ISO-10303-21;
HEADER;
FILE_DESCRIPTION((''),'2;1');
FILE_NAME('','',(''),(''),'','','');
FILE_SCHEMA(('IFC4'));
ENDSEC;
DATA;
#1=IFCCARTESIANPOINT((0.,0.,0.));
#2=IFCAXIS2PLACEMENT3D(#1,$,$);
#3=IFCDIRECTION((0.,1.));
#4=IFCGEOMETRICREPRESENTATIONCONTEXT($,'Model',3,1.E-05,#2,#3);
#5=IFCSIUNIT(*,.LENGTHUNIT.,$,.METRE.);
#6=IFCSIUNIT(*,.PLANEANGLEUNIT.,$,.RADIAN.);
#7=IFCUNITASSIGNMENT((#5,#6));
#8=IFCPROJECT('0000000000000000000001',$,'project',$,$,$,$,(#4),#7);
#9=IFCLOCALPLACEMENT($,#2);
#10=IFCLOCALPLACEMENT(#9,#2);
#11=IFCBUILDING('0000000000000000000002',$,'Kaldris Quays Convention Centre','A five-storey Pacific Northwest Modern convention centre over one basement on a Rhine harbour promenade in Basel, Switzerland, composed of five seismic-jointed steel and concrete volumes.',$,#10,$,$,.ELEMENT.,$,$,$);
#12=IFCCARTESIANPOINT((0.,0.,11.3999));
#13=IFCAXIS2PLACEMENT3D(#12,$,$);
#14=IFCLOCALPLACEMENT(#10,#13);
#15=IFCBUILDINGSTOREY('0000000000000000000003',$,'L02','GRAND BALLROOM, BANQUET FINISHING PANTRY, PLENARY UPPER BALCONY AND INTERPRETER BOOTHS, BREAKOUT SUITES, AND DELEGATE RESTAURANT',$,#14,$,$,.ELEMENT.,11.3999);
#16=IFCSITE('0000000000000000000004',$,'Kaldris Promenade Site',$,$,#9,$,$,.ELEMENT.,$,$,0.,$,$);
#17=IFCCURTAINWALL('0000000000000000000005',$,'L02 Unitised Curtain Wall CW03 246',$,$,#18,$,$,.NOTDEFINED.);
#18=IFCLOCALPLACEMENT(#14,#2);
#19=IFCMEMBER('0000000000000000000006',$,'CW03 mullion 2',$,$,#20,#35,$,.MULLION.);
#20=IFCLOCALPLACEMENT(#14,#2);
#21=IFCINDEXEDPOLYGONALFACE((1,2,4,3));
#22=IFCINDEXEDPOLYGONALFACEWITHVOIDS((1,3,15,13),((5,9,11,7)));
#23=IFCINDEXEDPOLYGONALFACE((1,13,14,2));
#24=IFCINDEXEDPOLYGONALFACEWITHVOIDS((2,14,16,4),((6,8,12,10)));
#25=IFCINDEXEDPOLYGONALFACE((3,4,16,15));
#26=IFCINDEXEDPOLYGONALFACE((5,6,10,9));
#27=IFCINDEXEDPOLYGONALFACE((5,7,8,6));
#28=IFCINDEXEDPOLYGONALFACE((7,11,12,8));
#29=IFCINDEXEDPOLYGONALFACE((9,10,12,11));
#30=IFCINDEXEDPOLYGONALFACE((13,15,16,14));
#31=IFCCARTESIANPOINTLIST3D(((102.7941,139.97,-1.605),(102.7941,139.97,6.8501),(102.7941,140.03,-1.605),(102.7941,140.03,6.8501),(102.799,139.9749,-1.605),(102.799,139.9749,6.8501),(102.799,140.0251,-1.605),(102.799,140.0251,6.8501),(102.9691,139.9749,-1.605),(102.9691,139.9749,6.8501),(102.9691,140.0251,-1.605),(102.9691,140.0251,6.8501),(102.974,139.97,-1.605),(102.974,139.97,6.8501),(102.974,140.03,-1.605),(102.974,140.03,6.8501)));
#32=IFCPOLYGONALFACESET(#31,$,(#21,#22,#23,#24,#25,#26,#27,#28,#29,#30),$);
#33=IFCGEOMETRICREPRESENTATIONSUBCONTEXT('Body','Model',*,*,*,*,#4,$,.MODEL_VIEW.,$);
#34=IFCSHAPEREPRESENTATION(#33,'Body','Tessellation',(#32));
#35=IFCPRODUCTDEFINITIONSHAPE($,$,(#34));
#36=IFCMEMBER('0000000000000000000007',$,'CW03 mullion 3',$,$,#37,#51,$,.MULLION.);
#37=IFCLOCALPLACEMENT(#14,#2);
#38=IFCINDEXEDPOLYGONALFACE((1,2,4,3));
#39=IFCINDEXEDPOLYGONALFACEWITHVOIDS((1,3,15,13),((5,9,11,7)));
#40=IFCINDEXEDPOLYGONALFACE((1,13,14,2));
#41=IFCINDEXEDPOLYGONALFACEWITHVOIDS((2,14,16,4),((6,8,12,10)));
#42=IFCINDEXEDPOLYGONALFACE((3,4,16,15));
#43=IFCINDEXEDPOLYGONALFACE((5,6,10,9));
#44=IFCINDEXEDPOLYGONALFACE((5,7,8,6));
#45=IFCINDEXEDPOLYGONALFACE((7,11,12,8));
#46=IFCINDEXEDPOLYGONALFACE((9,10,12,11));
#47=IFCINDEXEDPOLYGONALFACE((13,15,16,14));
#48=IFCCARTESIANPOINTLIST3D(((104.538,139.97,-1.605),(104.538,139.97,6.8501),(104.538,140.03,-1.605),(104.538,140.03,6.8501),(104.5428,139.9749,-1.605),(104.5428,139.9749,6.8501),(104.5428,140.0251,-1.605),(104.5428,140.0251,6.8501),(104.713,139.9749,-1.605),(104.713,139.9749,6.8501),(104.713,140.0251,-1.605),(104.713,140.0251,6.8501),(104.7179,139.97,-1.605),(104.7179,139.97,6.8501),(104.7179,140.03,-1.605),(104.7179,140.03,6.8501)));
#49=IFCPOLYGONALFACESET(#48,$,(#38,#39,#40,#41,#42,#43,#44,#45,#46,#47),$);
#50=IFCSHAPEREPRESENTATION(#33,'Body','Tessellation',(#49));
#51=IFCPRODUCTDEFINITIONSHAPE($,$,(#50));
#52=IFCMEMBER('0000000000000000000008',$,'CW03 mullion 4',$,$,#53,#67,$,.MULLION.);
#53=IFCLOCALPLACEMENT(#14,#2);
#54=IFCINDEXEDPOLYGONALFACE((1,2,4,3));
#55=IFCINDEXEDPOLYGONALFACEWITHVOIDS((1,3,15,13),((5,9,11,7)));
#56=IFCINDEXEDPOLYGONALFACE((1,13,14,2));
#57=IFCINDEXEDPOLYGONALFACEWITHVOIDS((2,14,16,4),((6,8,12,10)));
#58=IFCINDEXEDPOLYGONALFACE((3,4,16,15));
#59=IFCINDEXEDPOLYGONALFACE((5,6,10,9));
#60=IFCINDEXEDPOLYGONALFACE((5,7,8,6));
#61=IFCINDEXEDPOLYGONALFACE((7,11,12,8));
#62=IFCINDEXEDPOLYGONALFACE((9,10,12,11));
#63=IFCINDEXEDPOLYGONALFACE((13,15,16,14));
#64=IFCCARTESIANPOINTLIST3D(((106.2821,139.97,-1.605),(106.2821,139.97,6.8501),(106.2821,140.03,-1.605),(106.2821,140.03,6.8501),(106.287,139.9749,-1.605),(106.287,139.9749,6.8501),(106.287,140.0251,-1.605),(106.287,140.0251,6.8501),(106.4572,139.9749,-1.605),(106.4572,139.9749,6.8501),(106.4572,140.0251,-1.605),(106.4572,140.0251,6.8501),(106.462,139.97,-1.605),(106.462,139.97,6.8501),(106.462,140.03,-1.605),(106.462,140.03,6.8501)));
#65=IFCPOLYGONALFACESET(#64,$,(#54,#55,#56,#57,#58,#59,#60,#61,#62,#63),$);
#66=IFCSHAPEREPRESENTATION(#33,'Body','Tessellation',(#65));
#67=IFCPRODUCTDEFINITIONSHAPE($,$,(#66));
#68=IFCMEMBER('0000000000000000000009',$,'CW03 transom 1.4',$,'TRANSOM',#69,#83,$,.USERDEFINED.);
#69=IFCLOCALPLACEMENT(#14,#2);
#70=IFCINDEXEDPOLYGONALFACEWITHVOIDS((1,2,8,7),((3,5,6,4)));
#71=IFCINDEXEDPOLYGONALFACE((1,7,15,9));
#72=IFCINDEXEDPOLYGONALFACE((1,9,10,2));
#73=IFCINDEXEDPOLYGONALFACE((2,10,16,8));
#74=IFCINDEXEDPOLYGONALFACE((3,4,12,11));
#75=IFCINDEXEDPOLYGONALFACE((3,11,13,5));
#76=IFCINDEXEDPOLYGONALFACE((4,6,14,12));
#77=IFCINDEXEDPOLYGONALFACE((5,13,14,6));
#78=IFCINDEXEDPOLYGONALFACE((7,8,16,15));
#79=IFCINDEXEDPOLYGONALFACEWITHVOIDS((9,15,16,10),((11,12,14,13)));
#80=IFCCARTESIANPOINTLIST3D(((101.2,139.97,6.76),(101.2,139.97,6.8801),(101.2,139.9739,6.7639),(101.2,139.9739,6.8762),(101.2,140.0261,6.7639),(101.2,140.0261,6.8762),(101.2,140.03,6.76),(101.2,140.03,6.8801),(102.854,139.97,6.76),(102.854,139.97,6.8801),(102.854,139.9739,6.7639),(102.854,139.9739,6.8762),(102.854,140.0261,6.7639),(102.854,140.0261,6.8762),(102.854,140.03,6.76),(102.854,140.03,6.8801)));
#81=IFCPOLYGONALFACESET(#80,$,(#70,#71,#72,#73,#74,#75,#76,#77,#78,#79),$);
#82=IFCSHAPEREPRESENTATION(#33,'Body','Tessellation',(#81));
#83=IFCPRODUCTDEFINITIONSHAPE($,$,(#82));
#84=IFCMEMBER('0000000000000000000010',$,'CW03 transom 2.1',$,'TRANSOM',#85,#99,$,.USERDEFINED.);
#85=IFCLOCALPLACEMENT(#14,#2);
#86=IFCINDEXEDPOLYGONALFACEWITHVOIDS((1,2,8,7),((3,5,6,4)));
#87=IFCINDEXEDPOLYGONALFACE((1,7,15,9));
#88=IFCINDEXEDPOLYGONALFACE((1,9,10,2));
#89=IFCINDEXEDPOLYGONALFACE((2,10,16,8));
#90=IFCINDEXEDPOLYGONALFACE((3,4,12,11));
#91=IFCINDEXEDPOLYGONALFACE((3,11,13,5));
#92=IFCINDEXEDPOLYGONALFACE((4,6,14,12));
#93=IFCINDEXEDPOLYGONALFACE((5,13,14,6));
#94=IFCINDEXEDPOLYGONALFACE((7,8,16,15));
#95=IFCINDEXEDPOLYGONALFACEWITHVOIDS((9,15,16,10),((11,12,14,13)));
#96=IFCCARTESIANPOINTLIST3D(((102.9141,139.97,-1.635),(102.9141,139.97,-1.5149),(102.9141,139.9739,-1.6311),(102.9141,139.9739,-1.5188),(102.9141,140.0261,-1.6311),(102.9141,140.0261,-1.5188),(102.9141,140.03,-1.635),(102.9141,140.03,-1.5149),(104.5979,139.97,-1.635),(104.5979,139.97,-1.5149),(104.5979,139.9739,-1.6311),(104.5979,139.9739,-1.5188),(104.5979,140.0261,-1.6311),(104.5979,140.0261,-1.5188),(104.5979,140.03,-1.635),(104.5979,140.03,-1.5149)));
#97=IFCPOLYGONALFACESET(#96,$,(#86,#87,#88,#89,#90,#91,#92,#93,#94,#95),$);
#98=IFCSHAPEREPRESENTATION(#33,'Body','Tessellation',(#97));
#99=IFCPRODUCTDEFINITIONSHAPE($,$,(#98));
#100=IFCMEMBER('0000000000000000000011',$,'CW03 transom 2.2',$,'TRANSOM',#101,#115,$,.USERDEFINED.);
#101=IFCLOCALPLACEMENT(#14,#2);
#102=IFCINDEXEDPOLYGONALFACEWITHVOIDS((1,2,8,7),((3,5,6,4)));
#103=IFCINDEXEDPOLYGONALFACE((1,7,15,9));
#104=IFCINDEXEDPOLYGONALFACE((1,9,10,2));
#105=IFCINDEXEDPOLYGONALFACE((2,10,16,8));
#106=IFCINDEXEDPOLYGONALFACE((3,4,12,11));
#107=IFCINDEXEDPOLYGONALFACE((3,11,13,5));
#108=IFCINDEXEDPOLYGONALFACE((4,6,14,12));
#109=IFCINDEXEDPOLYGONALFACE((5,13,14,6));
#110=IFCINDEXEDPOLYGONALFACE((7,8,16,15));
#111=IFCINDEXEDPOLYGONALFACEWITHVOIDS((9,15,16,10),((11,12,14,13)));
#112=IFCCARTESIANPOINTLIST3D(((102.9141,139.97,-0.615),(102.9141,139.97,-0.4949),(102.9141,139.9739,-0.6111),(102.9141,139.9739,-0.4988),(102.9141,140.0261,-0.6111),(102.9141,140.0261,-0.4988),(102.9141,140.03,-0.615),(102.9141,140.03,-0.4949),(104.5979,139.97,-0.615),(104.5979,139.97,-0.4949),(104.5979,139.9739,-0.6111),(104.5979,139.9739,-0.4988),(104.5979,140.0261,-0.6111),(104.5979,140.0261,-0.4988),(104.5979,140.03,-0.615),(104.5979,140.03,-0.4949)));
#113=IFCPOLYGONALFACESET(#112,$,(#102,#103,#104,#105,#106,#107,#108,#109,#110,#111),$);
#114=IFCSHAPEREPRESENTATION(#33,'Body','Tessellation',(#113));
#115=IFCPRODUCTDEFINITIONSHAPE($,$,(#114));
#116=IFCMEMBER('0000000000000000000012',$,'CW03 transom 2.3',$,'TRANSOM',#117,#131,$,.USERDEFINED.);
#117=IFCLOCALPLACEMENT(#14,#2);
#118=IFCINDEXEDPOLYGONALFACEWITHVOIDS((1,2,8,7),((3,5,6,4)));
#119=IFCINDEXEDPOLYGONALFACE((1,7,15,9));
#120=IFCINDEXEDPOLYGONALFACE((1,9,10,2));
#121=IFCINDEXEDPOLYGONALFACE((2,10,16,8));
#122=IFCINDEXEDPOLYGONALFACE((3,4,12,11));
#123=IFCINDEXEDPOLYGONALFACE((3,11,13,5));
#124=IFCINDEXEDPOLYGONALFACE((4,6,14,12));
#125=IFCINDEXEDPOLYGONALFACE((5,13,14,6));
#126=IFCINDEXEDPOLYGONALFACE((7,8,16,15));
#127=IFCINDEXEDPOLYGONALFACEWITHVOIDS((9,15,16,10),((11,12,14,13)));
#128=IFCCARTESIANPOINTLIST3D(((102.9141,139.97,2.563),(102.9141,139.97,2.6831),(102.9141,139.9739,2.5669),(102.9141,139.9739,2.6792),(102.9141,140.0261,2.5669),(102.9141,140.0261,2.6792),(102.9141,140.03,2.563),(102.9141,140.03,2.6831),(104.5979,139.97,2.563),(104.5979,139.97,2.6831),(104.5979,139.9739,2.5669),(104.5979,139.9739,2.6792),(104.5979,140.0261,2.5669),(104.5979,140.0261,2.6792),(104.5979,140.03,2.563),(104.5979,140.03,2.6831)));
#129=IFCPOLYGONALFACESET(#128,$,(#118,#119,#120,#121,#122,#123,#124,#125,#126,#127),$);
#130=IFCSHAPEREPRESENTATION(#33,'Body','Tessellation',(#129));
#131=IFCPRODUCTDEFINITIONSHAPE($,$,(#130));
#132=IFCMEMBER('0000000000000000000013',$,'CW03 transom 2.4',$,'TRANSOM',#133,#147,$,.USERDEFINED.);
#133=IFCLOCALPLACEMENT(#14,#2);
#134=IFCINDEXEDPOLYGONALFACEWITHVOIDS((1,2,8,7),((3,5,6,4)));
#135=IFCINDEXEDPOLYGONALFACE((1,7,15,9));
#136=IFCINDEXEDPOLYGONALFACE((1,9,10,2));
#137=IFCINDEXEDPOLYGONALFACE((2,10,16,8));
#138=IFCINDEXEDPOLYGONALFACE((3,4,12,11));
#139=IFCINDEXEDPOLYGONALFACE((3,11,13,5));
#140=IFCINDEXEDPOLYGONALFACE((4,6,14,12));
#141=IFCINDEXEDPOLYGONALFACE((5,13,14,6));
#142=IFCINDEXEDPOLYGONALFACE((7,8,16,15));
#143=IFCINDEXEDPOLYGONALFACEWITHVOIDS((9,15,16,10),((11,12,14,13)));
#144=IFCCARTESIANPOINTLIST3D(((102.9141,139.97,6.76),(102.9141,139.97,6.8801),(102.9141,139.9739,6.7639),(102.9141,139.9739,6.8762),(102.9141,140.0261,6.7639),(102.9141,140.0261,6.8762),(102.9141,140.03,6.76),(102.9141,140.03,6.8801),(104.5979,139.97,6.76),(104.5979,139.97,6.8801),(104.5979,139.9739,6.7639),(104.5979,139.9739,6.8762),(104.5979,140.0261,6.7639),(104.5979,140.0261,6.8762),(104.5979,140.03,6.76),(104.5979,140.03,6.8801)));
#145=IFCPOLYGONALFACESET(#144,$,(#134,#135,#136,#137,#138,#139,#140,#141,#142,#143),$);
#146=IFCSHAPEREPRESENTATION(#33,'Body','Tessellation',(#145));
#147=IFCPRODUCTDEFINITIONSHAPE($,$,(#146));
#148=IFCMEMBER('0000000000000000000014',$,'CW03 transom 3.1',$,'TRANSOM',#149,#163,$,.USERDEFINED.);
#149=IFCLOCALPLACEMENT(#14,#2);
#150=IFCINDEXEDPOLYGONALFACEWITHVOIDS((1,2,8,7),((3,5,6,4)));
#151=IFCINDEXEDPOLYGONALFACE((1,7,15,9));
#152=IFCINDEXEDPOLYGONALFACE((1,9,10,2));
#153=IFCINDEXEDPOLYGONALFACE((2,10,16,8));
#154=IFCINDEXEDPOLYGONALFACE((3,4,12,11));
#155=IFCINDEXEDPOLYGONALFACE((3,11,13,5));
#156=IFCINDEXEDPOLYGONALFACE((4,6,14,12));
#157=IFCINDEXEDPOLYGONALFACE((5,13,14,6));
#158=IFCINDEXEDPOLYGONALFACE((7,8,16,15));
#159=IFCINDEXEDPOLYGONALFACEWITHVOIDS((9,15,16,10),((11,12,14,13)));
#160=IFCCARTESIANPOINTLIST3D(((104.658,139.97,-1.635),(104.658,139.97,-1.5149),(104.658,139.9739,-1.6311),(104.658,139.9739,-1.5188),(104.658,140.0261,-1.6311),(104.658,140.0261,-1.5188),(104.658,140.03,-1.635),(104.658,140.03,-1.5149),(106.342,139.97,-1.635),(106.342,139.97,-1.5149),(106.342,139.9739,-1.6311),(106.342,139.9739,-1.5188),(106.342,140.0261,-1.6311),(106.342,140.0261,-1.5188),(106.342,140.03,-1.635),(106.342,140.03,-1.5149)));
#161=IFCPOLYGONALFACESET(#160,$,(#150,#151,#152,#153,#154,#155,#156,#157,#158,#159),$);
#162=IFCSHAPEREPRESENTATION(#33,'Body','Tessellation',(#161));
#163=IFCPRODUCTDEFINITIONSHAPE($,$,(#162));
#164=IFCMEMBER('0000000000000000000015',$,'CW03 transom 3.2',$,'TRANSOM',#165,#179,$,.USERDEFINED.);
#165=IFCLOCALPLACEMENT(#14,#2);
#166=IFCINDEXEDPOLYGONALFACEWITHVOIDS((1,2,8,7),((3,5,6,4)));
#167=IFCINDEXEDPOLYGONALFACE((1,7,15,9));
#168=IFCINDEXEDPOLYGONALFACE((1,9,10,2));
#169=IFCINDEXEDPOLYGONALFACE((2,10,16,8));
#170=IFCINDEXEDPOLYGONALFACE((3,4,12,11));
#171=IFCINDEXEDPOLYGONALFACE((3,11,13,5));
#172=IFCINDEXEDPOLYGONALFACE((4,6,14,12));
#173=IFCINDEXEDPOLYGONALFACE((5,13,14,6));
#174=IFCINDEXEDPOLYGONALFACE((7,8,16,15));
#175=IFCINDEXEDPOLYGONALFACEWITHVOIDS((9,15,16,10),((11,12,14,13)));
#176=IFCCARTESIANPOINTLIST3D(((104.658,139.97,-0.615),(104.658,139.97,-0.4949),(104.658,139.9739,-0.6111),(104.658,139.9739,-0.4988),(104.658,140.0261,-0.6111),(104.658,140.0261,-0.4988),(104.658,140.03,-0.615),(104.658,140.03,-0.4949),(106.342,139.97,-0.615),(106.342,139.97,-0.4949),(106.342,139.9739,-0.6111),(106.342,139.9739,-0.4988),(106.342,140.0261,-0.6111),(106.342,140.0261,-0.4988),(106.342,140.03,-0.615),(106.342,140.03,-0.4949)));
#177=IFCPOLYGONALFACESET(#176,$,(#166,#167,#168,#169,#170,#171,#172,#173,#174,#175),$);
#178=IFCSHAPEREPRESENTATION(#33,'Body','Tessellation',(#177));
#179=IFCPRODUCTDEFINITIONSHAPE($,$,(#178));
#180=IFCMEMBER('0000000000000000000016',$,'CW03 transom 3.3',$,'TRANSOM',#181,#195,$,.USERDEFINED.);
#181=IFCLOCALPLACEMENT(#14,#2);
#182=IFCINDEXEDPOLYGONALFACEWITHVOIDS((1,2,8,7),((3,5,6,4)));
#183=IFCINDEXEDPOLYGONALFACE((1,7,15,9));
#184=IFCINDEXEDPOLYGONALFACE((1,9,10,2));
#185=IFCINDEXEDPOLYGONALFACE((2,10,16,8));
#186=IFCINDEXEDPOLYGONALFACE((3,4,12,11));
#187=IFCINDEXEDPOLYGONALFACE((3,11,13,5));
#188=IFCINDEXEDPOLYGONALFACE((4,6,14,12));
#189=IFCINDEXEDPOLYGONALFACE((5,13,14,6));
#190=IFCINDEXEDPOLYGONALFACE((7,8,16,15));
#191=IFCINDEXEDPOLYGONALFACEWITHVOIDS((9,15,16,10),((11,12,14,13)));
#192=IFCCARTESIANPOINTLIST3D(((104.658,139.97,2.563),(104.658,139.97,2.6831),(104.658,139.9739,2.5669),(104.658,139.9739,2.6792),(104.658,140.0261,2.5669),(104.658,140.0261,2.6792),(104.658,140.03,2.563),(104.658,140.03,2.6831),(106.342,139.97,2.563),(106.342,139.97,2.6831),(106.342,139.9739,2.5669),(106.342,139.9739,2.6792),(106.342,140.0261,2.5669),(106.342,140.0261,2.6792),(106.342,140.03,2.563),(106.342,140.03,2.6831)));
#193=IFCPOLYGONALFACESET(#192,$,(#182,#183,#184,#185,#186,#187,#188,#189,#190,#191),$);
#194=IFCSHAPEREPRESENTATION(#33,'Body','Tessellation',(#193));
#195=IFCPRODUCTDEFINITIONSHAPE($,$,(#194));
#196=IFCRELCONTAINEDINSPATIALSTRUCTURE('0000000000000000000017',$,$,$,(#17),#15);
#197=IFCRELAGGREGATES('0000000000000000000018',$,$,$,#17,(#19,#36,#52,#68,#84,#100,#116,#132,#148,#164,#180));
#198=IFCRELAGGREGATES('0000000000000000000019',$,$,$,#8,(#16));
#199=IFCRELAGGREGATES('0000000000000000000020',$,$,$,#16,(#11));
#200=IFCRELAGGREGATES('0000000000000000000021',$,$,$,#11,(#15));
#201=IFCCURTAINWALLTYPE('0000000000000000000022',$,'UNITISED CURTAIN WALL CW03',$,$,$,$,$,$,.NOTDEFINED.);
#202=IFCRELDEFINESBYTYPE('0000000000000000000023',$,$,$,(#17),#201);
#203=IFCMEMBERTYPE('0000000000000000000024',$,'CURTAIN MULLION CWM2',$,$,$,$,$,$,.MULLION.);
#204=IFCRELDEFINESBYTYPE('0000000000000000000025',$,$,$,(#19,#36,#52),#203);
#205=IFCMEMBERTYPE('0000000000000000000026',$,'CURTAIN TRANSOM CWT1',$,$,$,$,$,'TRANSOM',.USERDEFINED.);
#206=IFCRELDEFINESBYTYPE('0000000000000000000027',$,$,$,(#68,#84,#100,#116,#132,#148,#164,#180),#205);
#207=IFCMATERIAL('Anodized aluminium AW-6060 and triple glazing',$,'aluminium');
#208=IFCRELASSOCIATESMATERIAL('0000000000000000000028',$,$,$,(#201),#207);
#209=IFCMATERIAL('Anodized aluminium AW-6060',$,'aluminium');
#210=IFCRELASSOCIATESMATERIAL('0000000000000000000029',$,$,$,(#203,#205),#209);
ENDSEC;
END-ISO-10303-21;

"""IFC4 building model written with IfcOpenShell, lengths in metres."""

from ifc_helpers import new_model, si_unit, direction, frame, origin, origin_2d, place, context, subcontext, project, spatial, hollow_rectangle, extrude, material, material_profile, profile_set, type_object, element, aggregate, save


model = new_model("IFC4")

# Units and contexts
model_context = context("Model", 3, precision=1e-05, world=origin(), true_north=direction((0.0, 1.0)))
body_context = subcontext(model_context, "Body", "Model", "MODEL_VIEW")
ifc_project = project(units=[si_unit("LENGTHUNIT", "METRE"), si_unit("PLANEANGLEUNIT", "RADIAN")], contexts=[model_context])

# Site, building, storey
site_placement = place(None, origin())
site = spatial("IfcSite", under=ifc_project, at=site_placement, Name="Kaldris Promenade Site", CompositionType="ELEMENT", RefElevation=0.0)
building_placement = place(site_placement, origin())
building = spatial("IfcBuilding", under=site, at=building_placement, Name="Kaldris Quays Convention Centre", Description="A five-storey Pacific Northwest Modern convention centre over one basement on a Rhine harbour promenade in Basel, Switzerland, composed of five seismic-jointed steel and concrete volumes.", CompositionType="ELEMENT")
storey_placement = place(building_placement, frame((0.0, 0.0, 11.3999)))
storey = spatial("IfcBuildingStorey", under=building, at=storey_placement, Name="L02", Description="GRAND BALLROOM, BANQUET FINISHING PANTRY, PLENARY UPPER BALCONY AND INTERPRETER BOOTHS, BREAKOUT SUITES, AND DELEGATE RESTAURANT", CompositionType="ELEMENT", Elevation=11.3999)

# Curtain wall, members
ifc_material_1 = material(Name="Anodized aluminium AW-6060 and triple glazing", Category="aluminium")
curtain_wall_type = type_object("IfcCurtainWallType", Name="UNITISED CURTAIN WALL CW03", PredefinedType="NOTDEFINED", material=ifc_material_1)
curtain_wall_placement = place(storey_placement, origin())
curtain_wall = element("IfcCurtainWall", 1, at=curtain_wall_placement, inside=storey, type_object=curtain_wall_type, Name="L02 Unitised Curtain Wall CW03 246", PredefinedType="NOTDEFINED")
ifc_material_2 = material(Name="Anodized aluminium AW-6060", Category="aluminium")
ifc_material_profile_1 = material_profile(ifc_material_2, hollow_rectangle(XDim=0.0601, YDim=0.1799, WallThickness=0.0049, at=origin_2d()), Name="RHS 180x60x5")
ifc_profile_set_1 = profile_set([ifc_material_profile_1], Name="Anodized aluminium AW-6060")
member_type_1 = type_object("IfcMemberType", Name="CURTAIN MULLION CWM2", PredefinedType="MULLION", material=ifc_profile_set_1)
member_1_placement = place(storey_placement, frame((102.884, 140.0, -1.605), z_axis=(0.0, 0.0, 1.0), x_axis=(0.0, 1.0, 0.0)))
member_1 = element("IfcMember", 2, at=member_1_placement, type_object=member_type_1, Name="CW03 mullion 2", PredefinedType="MULLION", context=body_context, shape_type="SweptSolid", body=[
    extrude(hollow_rectangle(XDim=0.0601, YDim=0.1799, WallThickness=0.0049, at=origin_2d()), origin(), (0.0, 0.0, 1.0), 8.4551),
])
member_2_placement = place(storey_placement, frame((104.6279, 140.0, -1.605), z_axis=(0.0, 0.0, 1.0), x_axis=(0.0, 1.0, 0.0)))
member_2 = element("IfcMember", 3, at=member_2_placement, type_object=member_type_1, Name="CW03 mullion 3", PredefinedType="MULLION", context=body_context, shape_type="SweptSolid", body=[
    extrude(hollow_rectangle(XDim=0.0601, YDim=0.1799, WallThickness=0.0049, at=origin_2d()), origin(), (0.0, 0.0, 1.0), 8.4551),
])
member_3_placement = place(storey_placement, frame((106.3721, 140.0, -1.605), z_axis=(0.0, 0.0, 1.0), x_axis=(0.0, 1.0, 0.0)))
member_3 = element("IfcMember", 4, at=member_3_placement, type_object=member_type_1, Name="CW03 mullion 4", PredefinedType="MULLION", context=body_context, shape_type="SweptSolid", body=[
    extrude(hollow_rectangle(XDim=0.0601, YDim=0.1799, WallThickness=0.0049, at=origin_2d()), origin(), (0.0, 0.0, 1.0), 8.4551),
])
ifc_material_profile_2 = material_profile(ifc_material_2, hollow_rectangle(XDim=0.0601, YDim=0.1201, WallThickness=0.0039, at=origin_2d()), Name="RHS 120x60x4")
ifc_profile_set_2 = profile_set([ifc_material_profile_2], Name="Anodized aluminium AW-6060")
member_type_2 = type_object("IfcMemberType", Name="CURTAIN TRANSOM CWT1", ElementType="TRANSOM", PredefinedType="USERDEFINED", material=ifc_profile_set_2)
member_4_placement = place(storey_placement, frame((101.2, 140.0, 6.8201), z_axis=(1.0, 0.0, 0.0), x_axis=(0.0, 1.0, 0.0)))
member_4 = element("IfcMember", 5, at=member_4_placement, type_object=member_type_2, Name="CW03 transom 1.4", ObjectType="TRANSOM", PredefinedType="USERDEFINED", context=body_context, shape_type="SweptSolid", body=[
    extrude(hollow_rectangle(XDim=0.0601, YDim=0.1201, WallThickness=0.0039, at=origin_2d()), origin(), (0.0, 0.0, 1.0), 1.6541),
])
member_5_placement = place(storey_placement, frame((102.9141, 140.0, -1.575), z_axis=(1.0, 0.0, 0.0), x_axis=(0.0, 1.0, 0.0)))
member_5 = element("IfcMember", 6, at=member_5_placement, type_object=member_type_2, Name="CW03 transom 2.1", ObjectType="TRANSOM", PredefinedType="USERDEFINED", context=body_context, shape_type="SweptSolid", body=[
    extrude(hollow_rectangle(XDim=0.0601, YDim=0.1201, WallThickness=0.0039, at=origin_2d()), origin(), (0.0, 0.0, 1.0), 1.6838),
])
member_6_placement = place(storey_placement, frame((102.9141, 140.0, -0.5549), z_axis=(1.0, 0.0, 0.0), x_axis=(0.0, 1.0, 0.0)))
member_6 = element("IfcMember", 7, at=member_6_placement, type_object=member_type_2, Name="CW03 transom 2.2", ObjectType="TRANSOM", PredefinedType="USERDEFINED", context=body_context, shape_type="SweptSolid", body=[
    extrude(hollow_rectangle(XDim=0.0601, YDim=0.1201, WallThickness=0.0039, at=origin_2d()), origin(), (0.0, 0.0, 1.0), 1.6838),
])
member_7_placement = place(storey_placement, frame((102.9141, 140.0, 2.623), z_axis=(1.0, 0.0, 0.0), x_axis=(0.0, 1.0, 0.0)))
member_7 = element("IfcMember", 8, at=member_7_placement, type_object=member_type_2, Name="CW03 transom 2.3", ObjectType="TRANSOM", PredefinedType="USERDEFINED", context=body_context, shape_type="SweptSolid", body=[
    extrude(hollow_rectangle(XDim=0.0601, YDim=0.1201, WallThickness=0.0039, at=origin_2d()), origin(), (0.0, 0.0, 1.0), 1.6838),
])
member_8_placement = place(storey_placement, frame((102.9141, 140.0, 6.8201), z_axis=(1.0, 0.0, 0.0), x_axis=(0.0, 1.0, 0.0)))
member_8 = element("IfcMember", 9, at=member_8_placement, type_object=member_type_2, Name="CW03 transom 2.4", ObjectType="TRANSOM", PredefinedType="USERDEFINED", context=body_context, shape_type="SweptSolid", body=[
    extrude(hollow_rectangle(XDim=0.0601, YDim=0.1201, WallThickness=0.0039, at=origin_2d()), origin(), (0.0, 0.0, 1.0), 1.6838),
])
member_9_placement = place(storey_placement, frame((104.658, 140.0, -1.575), z_axis=(1.0, 0.0, 0.0), x_axis=(0.0, 1.0, 0.0)))
member_9 = element("IfcMember", 10, at=member_9_placement, type_object=member_type_2, Name="CW03 transom 3.1", ObjectType="TRANSOM", PredefinedType="USERDEFINED", context=body_context, shape_type="SweptSolid", body=[
    extrude(hollow_rectangle(XDim=0.0601, YDim=0.1201, WallThickness=0.0039, at=origin_2d()), origin(), (0.0, 0.0, 1.0), 1.6841),
])
member_10_placement = place(storey_placement, frame((104.658, 140.0, -0.5549), z_axis=(1.0, 0.0, 0.0), x_axis=(0.0, 1.0, 0.0)))
member_10 = element("IfcMember", 11, at=member_10_placement, type_object=member_type_2, Name="CW03 transom 3.2", ObjectType="TRANSOM", PredefinedType="USERDEFINED", context=body_context, shape_type="SweptSolid", body=[
    extrude(hollow_rectangle(XDim=0.0601, YDim=0.1201, WallThickness=0.0039, at=origin_2d()), origin(), (0.0, 0.0, 1.0), 1.6841),
])
member_11_placement = place(storey_placement, frame((104.658, 140.0, 2.623), z_axis=(1.0, 0.0, 0.0), x_axis=(0.0, 1.0, 0.0)))
member_11 = element("IfcMember", 12, at=member_11_placement, type_object=member_type_2, Name="CW03 transom 3.3", ObjectType="TRANSOM", PredefinedType="USERDEFINED", context=body_context, shape_type="SweptSolid", body=[
    extrude(hollow_rectangle(XDim=0.0601, YDim=0.1201, WallThickness=0.0039, at=origin_2d()), origin(), (0.0, 0.0, 1.0), 1.6841),
])

aggregate(curtain_wall, [member_1, member_2, member_3, member_4, member_5, member_6, member_7, member_8, member_9, member_10, member_11])

save(model, "model.ifc")
